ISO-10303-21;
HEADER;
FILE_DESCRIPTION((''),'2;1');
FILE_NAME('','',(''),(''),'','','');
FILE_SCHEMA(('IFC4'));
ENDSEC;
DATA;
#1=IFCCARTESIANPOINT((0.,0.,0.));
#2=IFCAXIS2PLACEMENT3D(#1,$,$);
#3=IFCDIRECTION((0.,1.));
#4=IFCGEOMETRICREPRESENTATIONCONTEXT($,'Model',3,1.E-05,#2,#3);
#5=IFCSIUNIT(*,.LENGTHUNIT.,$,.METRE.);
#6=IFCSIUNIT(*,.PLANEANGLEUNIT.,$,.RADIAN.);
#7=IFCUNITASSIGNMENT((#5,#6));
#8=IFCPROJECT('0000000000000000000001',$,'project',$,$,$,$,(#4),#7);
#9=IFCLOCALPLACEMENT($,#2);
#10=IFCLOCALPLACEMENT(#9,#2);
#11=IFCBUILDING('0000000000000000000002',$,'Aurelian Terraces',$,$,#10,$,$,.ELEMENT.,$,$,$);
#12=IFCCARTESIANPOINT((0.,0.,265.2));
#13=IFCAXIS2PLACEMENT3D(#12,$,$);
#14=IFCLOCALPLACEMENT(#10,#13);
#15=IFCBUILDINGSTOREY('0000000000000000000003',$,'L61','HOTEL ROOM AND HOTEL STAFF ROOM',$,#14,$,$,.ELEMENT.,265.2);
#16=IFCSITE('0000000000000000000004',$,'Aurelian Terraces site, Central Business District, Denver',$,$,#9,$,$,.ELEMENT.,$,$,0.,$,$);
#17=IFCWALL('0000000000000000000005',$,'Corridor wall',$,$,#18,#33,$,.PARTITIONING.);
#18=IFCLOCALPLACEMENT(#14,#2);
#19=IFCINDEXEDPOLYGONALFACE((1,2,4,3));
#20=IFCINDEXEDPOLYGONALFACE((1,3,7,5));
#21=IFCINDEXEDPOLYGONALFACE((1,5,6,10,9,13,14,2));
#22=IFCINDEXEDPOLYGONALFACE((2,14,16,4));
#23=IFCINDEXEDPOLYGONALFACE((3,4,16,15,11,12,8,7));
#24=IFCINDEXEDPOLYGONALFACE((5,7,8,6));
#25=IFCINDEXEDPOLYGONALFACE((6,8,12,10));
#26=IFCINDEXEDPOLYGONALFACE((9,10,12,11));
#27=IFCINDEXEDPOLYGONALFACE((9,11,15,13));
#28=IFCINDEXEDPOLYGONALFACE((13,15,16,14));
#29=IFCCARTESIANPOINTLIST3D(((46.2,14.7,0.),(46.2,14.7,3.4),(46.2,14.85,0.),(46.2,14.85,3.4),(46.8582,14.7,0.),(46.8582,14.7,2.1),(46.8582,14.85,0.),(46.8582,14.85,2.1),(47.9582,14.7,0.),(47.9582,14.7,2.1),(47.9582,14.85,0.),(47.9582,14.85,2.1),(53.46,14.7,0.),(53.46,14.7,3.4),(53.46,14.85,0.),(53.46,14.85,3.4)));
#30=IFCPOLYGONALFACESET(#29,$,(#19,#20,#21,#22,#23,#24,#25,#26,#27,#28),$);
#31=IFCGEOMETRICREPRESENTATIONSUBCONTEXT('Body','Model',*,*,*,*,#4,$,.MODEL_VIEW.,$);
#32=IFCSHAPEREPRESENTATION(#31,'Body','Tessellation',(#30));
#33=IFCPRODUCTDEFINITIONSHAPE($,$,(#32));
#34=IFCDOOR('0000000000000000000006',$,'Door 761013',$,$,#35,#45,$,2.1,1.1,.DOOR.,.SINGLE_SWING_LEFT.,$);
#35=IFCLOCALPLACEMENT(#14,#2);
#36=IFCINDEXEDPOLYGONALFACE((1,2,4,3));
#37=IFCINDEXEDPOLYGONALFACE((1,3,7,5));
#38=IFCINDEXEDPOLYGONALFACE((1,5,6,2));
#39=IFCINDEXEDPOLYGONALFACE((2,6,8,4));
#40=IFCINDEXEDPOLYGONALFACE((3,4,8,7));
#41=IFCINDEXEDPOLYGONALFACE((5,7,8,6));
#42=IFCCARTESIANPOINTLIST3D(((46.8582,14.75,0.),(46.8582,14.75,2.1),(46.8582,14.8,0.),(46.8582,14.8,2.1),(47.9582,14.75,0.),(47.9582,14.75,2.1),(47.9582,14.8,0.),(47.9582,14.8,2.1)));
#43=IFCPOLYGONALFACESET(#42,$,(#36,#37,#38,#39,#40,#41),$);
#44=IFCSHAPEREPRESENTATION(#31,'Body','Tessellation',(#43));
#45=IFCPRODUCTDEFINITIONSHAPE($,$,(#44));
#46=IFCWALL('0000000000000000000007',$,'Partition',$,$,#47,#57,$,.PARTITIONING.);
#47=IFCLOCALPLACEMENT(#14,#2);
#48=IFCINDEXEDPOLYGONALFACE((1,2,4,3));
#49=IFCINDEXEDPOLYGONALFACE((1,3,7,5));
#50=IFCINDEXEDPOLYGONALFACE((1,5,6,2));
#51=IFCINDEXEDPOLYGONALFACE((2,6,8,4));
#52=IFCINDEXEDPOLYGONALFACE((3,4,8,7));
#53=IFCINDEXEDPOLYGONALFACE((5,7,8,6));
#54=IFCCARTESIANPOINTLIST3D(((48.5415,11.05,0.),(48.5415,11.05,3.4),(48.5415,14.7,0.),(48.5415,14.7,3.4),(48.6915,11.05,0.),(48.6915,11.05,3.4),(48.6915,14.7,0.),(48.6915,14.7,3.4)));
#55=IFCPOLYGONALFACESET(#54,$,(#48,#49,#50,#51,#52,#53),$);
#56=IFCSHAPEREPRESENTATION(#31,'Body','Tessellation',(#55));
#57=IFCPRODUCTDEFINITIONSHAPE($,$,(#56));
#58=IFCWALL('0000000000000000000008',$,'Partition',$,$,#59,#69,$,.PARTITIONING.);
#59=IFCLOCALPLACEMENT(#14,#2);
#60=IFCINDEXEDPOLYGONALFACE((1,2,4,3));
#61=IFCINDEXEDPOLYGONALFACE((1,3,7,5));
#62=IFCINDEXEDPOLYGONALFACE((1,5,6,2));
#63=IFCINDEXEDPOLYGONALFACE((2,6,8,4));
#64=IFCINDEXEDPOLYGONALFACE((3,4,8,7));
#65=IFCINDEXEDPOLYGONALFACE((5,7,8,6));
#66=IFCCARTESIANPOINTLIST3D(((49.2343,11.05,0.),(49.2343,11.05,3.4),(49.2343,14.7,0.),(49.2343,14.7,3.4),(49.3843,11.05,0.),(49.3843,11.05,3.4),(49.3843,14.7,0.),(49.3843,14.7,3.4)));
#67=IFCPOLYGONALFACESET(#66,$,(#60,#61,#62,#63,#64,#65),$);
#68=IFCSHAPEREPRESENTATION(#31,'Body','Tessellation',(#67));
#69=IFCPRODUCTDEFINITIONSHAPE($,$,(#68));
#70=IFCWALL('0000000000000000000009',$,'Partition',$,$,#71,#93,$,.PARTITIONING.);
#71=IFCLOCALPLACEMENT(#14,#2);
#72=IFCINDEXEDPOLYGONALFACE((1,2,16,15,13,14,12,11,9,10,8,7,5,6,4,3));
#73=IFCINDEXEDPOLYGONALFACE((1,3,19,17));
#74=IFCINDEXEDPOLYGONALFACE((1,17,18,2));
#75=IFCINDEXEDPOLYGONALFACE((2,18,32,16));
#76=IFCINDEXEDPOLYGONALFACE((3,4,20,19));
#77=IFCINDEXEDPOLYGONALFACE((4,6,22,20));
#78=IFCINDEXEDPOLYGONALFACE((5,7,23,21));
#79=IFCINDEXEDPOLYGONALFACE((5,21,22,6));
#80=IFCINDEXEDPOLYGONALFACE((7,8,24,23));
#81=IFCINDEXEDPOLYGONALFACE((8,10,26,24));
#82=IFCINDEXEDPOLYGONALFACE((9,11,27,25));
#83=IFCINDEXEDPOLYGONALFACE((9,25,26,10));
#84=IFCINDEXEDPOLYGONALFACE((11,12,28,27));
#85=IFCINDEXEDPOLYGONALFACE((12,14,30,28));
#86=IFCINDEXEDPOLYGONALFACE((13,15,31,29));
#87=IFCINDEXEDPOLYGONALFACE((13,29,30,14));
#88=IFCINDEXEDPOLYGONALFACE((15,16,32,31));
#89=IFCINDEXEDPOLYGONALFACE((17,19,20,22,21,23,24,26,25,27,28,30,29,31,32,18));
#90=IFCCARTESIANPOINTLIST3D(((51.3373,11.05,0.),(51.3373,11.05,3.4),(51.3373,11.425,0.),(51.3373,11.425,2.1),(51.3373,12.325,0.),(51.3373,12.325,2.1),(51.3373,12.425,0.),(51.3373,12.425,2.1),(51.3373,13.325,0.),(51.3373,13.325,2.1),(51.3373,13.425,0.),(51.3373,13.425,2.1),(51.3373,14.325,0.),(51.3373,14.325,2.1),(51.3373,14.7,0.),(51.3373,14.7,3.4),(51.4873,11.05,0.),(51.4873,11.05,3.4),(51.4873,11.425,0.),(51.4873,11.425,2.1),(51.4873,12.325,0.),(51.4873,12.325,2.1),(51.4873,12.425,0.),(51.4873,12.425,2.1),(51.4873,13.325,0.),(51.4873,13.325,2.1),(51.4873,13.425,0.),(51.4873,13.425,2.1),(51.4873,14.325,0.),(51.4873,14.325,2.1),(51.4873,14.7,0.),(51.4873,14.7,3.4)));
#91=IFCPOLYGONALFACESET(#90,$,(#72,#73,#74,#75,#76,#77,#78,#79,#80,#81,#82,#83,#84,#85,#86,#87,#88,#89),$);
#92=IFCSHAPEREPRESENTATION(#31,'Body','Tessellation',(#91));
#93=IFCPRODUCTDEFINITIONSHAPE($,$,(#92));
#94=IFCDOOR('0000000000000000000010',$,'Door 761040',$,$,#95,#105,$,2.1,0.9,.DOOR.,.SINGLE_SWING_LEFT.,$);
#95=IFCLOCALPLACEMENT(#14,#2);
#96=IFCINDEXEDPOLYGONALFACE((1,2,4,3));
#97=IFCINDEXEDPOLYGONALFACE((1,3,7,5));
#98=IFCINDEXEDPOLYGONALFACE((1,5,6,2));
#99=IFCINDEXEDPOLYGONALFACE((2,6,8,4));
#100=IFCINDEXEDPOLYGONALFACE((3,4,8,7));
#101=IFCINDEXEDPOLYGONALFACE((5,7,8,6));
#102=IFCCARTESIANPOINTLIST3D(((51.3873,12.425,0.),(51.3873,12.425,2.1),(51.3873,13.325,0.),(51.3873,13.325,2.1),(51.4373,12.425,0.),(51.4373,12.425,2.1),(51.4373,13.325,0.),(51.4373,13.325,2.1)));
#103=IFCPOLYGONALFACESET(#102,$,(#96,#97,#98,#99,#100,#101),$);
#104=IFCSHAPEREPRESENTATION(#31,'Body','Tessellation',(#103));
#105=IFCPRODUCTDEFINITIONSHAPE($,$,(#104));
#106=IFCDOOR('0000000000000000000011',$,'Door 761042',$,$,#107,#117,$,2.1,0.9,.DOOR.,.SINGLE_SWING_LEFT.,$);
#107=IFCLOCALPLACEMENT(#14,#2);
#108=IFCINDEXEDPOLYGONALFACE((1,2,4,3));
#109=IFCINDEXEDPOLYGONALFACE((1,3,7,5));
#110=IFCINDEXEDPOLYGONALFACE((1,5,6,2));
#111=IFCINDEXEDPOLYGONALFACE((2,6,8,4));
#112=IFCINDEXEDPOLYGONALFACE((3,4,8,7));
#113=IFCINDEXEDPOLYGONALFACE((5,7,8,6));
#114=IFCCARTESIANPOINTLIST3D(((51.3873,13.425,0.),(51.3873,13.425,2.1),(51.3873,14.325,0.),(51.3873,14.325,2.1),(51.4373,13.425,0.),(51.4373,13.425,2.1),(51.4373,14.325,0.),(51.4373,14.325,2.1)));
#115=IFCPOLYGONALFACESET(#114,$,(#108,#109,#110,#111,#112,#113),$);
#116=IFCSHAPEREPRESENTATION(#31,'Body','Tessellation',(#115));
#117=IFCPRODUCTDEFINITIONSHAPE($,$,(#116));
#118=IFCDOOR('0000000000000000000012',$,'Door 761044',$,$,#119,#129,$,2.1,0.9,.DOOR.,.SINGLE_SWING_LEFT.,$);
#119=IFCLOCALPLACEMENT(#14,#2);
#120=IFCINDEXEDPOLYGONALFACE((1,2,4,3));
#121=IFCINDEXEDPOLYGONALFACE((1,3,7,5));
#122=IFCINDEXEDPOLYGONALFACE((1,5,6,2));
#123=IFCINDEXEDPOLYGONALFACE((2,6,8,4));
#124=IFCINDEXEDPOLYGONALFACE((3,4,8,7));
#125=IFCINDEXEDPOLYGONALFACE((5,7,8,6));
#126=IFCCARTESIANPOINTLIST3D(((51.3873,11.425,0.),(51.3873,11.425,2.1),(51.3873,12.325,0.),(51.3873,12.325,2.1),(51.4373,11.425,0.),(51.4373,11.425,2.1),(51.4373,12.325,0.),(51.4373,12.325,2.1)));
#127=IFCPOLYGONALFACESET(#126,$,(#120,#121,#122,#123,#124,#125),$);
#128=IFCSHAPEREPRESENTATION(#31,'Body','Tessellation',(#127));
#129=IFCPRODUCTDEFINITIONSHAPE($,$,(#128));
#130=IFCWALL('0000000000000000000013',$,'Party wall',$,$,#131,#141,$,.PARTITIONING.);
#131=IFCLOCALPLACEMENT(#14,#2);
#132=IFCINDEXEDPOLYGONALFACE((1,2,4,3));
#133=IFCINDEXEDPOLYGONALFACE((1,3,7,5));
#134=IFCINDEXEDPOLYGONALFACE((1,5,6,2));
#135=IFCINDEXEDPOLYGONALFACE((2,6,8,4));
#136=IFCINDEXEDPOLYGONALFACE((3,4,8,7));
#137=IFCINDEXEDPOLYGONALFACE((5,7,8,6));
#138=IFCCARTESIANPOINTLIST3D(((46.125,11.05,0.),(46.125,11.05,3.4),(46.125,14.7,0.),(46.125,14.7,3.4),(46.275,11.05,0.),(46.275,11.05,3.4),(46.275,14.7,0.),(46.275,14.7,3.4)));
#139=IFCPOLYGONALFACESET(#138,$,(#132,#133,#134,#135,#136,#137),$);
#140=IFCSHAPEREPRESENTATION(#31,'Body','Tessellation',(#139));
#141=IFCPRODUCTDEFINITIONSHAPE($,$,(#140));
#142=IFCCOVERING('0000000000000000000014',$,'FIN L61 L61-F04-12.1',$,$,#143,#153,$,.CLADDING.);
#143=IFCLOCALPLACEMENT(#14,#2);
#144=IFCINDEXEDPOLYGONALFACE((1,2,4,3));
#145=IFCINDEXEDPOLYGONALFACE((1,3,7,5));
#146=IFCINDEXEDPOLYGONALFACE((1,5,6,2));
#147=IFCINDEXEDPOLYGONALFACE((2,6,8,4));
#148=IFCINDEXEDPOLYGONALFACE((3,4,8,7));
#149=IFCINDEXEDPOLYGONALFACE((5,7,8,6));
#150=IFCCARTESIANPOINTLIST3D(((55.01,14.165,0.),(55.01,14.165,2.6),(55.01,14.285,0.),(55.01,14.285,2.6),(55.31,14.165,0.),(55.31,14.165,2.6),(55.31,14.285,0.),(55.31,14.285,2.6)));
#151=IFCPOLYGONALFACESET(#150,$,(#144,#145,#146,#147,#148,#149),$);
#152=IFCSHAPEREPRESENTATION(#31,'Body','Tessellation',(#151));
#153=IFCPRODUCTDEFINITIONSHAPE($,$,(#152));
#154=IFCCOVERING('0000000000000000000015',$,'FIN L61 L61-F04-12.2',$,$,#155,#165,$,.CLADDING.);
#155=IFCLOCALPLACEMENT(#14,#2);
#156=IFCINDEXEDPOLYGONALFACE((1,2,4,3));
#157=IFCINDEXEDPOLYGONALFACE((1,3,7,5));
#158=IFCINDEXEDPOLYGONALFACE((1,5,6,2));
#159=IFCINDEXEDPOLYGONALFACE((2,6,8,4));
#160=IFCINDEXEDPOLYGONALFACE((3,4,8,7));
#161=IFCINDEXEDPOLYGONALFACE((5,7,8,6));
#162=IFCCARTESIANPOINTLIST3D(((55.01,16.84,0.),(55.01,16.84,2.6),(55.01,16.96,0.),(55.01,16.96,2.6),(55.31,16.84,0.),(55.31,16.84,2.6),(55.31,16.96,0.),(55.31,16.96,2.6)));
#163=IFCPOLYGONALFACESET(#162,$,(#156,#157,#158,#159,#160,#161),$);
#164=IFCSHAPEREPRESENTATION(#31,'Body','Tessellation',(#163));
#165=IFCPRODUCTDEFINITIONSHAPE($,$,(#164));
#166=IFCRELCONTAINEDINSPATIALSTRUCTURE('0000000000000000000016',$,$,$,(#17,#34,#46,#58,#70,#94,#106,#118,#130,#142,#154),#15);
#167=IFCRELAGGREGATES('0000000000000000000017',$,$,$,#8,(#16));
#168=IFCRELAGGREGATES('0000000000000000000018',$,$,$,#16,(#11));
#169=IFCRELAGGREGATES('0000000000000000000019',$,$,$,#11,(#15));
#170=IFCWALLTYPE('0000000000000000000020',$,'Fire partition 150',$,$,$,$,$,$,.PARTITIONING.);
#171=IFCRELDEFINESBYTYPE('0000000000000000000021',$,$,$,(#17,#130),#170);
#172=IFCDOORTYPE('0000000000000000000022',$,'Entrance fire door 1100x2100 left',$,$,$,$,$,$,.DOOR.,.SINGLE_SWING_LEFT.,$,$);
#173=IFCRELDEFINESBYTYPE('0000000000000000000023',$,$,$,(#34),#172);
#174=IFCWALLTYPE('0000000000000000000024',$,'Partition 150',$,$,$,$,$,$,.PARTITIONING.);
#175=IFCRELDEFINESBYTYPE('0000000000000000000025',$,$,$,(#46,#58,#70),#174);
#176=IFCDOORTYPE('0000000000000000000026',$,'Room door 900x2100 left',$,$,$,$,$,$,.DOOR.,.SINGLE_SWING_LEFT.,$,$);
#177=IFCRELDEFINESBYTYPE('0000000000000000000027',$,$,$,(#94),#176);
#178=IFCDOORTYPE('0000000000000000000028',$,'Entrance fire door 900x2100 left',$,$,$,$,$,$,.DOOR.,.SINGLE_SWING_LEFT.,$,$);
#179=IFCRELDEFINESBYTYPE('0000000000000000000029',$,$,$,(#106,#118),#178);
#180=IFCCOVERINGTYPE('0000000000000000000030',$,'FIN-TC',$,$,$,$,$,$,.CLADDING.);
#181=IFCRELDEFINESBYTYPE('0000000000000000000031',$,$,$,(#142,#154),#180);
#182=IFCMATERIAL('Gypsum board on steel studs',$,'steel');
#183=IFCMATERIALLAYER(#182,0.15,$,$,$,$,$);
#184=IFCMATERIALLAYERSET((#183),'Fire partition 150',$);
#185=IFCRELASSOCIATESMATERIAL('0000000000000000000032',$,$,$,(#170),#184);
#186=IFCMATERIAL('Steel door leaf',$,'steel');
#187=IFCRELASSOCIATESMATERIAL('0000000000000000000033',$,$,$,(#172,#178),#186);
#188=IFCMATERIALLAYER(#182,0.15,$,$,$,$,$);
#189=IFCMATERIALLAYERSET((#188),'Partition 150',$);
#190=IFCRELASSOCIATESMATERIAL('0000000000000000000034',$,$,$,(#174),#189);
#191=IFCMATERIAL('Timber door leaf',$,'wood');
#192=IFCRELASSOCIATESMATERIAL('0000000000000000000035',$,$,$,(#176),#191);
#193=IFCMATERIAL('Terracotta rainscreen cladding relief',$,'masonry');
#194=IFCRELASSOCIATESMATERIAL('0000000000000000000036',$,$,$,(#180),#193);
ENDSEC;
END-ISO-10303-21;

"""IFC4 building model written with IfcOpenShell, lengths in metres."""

from ifc_helpers import new_model, si_unit, direction, frame, frame_2d, origin, origin_2d, place, context, subcontext, project, spatial, rectangle, extrude, source, transform, mapped, material, layer, layer_set, type_object, element, fill, save


model = new_model("IFC4")

# Units and contexts
model_context = context("Model", 3, precision=1e-05, world=origin(), true_north=direction((0.0, 1.0)))
body_context = subcontext(model_context, "Body", "Model", "MODEL_VIEW")
ifc_project = project(units=[si_unit("LENGTHUNIT", "METRE"), si_unit("PLANEANGLEUNIT", "RADIAN")], contexts=[model_context])

# Site, building, storey
site_placement = place(None, origin())
site = spatial("IfcSite", under=ifc_project, at=site_placement, Name="Aurelian Terraces site, Central Business District, Denver", CompositionType="ELEMENT", RefElevation=0.0)
building_placement = place(site_placement, origin())
building = spatial("IfcBuilding", under=site, at=building_placement, Name="Aurelian Terraces", CompositionType="ELEMENT")
storey_placement = place(building_placement, frame((0.0, 0.0, 265.2)))
storey = spatial("IfcBuildingStorey", under=building, at=storey_placement, Name="L61", Description="HOTEL ROOM AND HOTEL STAFF ROOM", CompositionType="ELEMENT", Elevation=265.2)

# Wall, opening, door
ifc_material_1 = material(Name="Gypsum board on steel studs", Category="steel")
ifc_layer_1 = layer(ifc_material_1, 0.15)
ifc_layer_set_1 = layer_set([ifc_layer_1], Name="Fire partition 150")
wall_type_1 = type_object("IfcWallType", Name="Fire partition 150", PredefinedType="PARTITIONING", material=ifc_layer_set_1)
shared_shape_1 = source(origin(), body_context, "Body", "SweptSolid", [
    extrude(rectangle(XDim=0.9, YDim=2.1, at=frame_2d((0.45, 1.05))), frame((0.0, 0.085, 0.0), z_axis=(0.0, -1.0, 0.0), x_axis=(1.0, 0.0, 0.0)), (0.0, 0.0, 1.0), 0.17),
])
ifc_material_2 = material(Name="Timber door leaf", Category="wood")
shared_shape_2 = source(origin(), body_context, "Body", "SweptSolid", [
    extrude(rectangle(XDim=0.9, YDim=2.1, at=frame_2d((0.45, 1.05))), frame((0.0, 0.025, 0.0), z_axis=(0.0, -1.0, 0.0), x_axis=(1.0, 0.0, 0.0)), (0.0, 0.0, 1.0), 0.05),
])
shared_shape_3 = source(origin(), body_context, "Body", "SweptSolid", [
    extrude(rectangle(XDim=7.26, YDim=0.15, at=frame_2d((3.63, 0.0))), origin(), (0.0, 0.0, 1.0), 3.4),
])
wall_1_placement = place(storey_placement, frame((53.46, 14.775, 0.0), z_axis=(0.0, 0.0, 1.0), x_axis=(-1.0, 0.0, 0.0)))
wall_1 = element("IfcWall", 1, at=wall_1_placement, inside=storey, type_object=wall_type_1, Name="Corridor wall", PredefinedType="PARTITIONING", context=body_context, shape_type="MappedRepresentation", body=[
    mapped(shared_shape_3, transform((0.0, 0.0, 0.0), scale=1.0)),
])
shared_shape_4 = source(origin(), body_context, "Body", "SweptSolid", [
    extrude(rectangle(XDim=1.1, YDim=2.1, at=frame_2d((0.55, 1.05))), frame((0.0, 0.085, 0.0), z_axis=(0.0, -1.0, 0.0), x_axis=(1.0, 0.0, 0.0)), (0.0, 0.0, 1.0), 0.17),
])
opening_1_placement = place(wall_1_placement, frame((5.5018, 0.0, 0.0)))
opening_1 = element("IfcOpeningElement", 2, at=opening_1_placement, cuts=wall_1, PredefinedType="OPENING", context=body_context, shape_type="MappedRepresentation", body=[
    mapped(shared_shape_4, transform((0.0, 0.0, 0.0), scale=1.0)),
])
ifc_material_3 = material(Name="Steel door leaf", Category="steel")
door_type_1 = type_object("IfcDoorType", Name="Entrance fire door 1100x2100 left", OperationType="SINGLE_SWING_LEFT", PredefinedType="DOOR", material=ifc_material_3)
shared_shape_5 = source(origin(), body_context, "Body", "SweptSolid", [
    extrude(rectangle(XDim=1.1, YDim=2.1, at=frame_2d((0.55, 1.05))), frame((0.0, 0.025, 0.0), z_axis=(0.0, -1.0, 0.0), x_axis=(1.0, 0.0, 0.0)), (0.0, 0.0, 1.0), 0.05),
])
door_1_placement = place(opening_1_placement, origin())
door_1 = element("IfcDoor", 3, at=door_1_placement, inside=storey, type_object=door_type_1, Name="Door 761013", OperationType="SINGLE_SWING_LEFT", OverallHeight=2.1, OverallWidth=1.1, PredefinedType="DOOR", context=body_context, shape_type="MappedRepresentation", body=[
    mapped(shared_shape_5, transform((0.0, 0.0, 0.0), scale=1.0)),
])
fill(opening_1, door_1)

# Walls
ifc_layer_2 = layer(ifc_material_1, 0.15)
ifc_layer_set_2 = layer_set([ifc_layer_2], Name="Partition 150")
wall_type_2 = type_object("IfcWallType", Name="Partition 150", PredefinedType="PARTITIONING", material=ifc_layer_set_2)
shared_shape_6 = source(origin(), body_context, "Body", "SweptSolid", [
    extrude(rectangle(XDim=3.65, YDim=0.15, at=frame_2d((1.825, 0.0))), origin(), (0.0, 0.0, 1.0), 3.4),
])
for number, where, z_axis, x_axis, name in (
    (4, (48.6165, 11.05, 0.0), (0.0, 0.0, 1.0), (0.0, 1.0, 0.0), "Partition"),
    (5, (49.3093, 11.05, 0.0), (0.0, 0.0, 1.0), (0.0, 1.0, 0.0), "Partition"),
):
    element("IfcWall", number, at=place(storey_placement, frame(where, z_axis=z_axis, x_axis=x_axis)), inside=storey, type_object=wall_type_2, Name=name, PredefinedType="PARTITIONING", context=body_context, shape_type="MappedRepresentation", body=[
        mapped(shared_shape_6, transform((0.0, 0.0, 0.0), scale=1.0)),
    ])

# Wall, openings, doors
wall_2_placement = place(storey_placement, frame((51.4123, 11.05, 0.0), z_axis=(0.0, 0.0, 1.0), x_axis=(0.0, 1.0, 0.0)))
wall_2 = element("IfcWall", 6, at=wall_2_placement, inside=storey, type_object=wall_type_2, Name="Partition", PredefinedType="PARTITIONING", context=body_context, shape_type="MappedRepresentation", body=[
    mapped(shared_shape_6, transform((0.0, 0.0, 0.0), scale=1.0)),
])
opening_2_placement = place(wall_2_placement, frame((1.375, 0.0, 0.0)))
opening_2 = element("IfcOpeningElement", 7, at=opening_2_placement, cuts=wall_2, PredefinedType="OPENING", context=body_context, shape_type="MappedRepresentation", body=[
    mapped(shared_shape_1, transform((0.0, 0.0, 0.0), scale=1.0)),
])
opening_3_placement = place(wall_2_placement, frame((2.375, 0.0, 0.0)))
opening_3 = element("IfcOpeningElement", 8, at=opening_3_placement, cuts=wall_2, PredefinedType="OPENING", context=body_context, shape_type="MappedRepresentation", body=[
    mapped(shared_shape_1, transform((0.0, 0.0, 0.0), scale=1.0)),
])
opening_4_placement = place(wall_2_placement, frame((0.375, 0.0, 0.0)))
opening_4 = element("IfcOpeningElement", 9, at=opening_4_placement, cuts=wall_2, PredefinedType="OPENING", context=body_context, shape_type="MappedRepresentation", body=[
    mapped(shared_shape_1, transform((0.0, 0.0, 0.0), scale=1.0)),
])
door_type_2 = type_object("IfcDoorType", Name="Room door 900x2100 left", OperationType="SINGLE_SWING_LEFT", PredefinedType="DOOR", material=ifc_material_2)
door_2_placement = place(opening_2_placement, origin())
door_2 = element("IfcDoor", 10, at=door_2_placement, inside=storey, type_object=door_type_2, Name="Door 761040", OperationType="SINGLE_SWING_LEFT", OverallHeight=2.1, OverallWidth=0.9, PredefinedType="DOOR", context=body_context, shape_type="MappedRepresentation", body=[
    mapped(shared_shape_2, transform((0.0, 0.0, 0.0), scale=1.0)),
])
fill(opening_2, door_2)
door_type_3 = type_object("IfcDoorType", Name="Entrance fire door 900x2100 left", OperationType="SINGLE_SWING_LEFT", PredefinedType="DOOR", material=ifc_material_3)
door_3_placement = place(opening_3_placement, origin())
door_3 = element("IfcDoor", 11, at=door_3_placement, inside=storey, type_object=door_type_3, Name="Door 761042", OperationType="SINGLE_SWING_LEFT", OverallHeight=2.1, OverallWidth=0.9, PredefinedType="DOOR", context=body_context, shape_type="MappedRepresentation", body=[
    mapped(shared_shape_2, transform((0.0, 0.0, 0.0), scale=1.0)),
])
fill(opening_3, door_3)
door_4_placement = place(opening_4_placement, origin())
door_4 = element("IfcDoor", 12, at=door_4_placement, inside=storey, type_object=door_type_3, Name="Door 761044", OperationType="SINGLE_SWING_LEFT", OverallHeight=2.1, OverallWidth=0.9, PredefinedType="DOOR", context=body_context, shape_type="MappedRepresentation", body=[
    mapped(shared_shape_2, transform((0.0, 0.0, 0.0), scale=1.0)),
])
fill(opening_4, door_4)

# Wall
wall_3_placement = place(storey_placement, frame((46.2, 11.05, 0.0), z_axis=(0.0, 0.0, 1.0), x_axis=(0.0, 1.0, 0.0)))
element("IfcWall", 13, at=wall_3_placement, inside=storey, type_object=wall_type_1, Name="Party wall", PredefinedType="PARTITIONING", context=body_context, shape_type="MappedRepresentation", body=[
    mapped(shared_shape_6, transform((0.0, 0.0, 0.0), scale=1.0)),
])

# Coverings
ifc_material_4 = material(Name="Terracotta rainscreen cladding relief", Category="masonry")
covering_type_1 = type_object("IfcCoveringType", Name="FIN-TC", PredefinedType="CLADDING", material=ifc_material_4)
shared_shape_7 = source(origin(), body_context, "Body", "SweptSolid", [
    extrude(rectangle(XDim=0.3, YDim=0.12, at=origin_2d()), origin(), (0.0, 0.0, 1.0), 2.6),
])
for number, where, z_axis, x_axis, name in (
    (14, (55.16, 14.225, 0.0), (0.0, 0.0, 1.0), (1.0, 0.0, 0.0), "FIN L61 L61-F04-12.1"),
    (15, (55.16, 16.9, 0.0), (0.0, 0.0, 1.0), (1.0, 0.0, 0.0), "FIN L61 L61-F04-12.2"),
):
    element("IfcCovering", number, at=place(storey_placement, frame(where, z_axis=z_axis, x_axis=x_axis)), inside=storey, type_object=covering_type_1, Name=name, PredefinedType="CLADDING", context=body_context, shape_type="MappedRepresentation", body=[
        mapped(shared_shape_7, transform((0.0, 0.0, 0.0), scale=1.0)),
    ])

save(model, "model.ifc")
